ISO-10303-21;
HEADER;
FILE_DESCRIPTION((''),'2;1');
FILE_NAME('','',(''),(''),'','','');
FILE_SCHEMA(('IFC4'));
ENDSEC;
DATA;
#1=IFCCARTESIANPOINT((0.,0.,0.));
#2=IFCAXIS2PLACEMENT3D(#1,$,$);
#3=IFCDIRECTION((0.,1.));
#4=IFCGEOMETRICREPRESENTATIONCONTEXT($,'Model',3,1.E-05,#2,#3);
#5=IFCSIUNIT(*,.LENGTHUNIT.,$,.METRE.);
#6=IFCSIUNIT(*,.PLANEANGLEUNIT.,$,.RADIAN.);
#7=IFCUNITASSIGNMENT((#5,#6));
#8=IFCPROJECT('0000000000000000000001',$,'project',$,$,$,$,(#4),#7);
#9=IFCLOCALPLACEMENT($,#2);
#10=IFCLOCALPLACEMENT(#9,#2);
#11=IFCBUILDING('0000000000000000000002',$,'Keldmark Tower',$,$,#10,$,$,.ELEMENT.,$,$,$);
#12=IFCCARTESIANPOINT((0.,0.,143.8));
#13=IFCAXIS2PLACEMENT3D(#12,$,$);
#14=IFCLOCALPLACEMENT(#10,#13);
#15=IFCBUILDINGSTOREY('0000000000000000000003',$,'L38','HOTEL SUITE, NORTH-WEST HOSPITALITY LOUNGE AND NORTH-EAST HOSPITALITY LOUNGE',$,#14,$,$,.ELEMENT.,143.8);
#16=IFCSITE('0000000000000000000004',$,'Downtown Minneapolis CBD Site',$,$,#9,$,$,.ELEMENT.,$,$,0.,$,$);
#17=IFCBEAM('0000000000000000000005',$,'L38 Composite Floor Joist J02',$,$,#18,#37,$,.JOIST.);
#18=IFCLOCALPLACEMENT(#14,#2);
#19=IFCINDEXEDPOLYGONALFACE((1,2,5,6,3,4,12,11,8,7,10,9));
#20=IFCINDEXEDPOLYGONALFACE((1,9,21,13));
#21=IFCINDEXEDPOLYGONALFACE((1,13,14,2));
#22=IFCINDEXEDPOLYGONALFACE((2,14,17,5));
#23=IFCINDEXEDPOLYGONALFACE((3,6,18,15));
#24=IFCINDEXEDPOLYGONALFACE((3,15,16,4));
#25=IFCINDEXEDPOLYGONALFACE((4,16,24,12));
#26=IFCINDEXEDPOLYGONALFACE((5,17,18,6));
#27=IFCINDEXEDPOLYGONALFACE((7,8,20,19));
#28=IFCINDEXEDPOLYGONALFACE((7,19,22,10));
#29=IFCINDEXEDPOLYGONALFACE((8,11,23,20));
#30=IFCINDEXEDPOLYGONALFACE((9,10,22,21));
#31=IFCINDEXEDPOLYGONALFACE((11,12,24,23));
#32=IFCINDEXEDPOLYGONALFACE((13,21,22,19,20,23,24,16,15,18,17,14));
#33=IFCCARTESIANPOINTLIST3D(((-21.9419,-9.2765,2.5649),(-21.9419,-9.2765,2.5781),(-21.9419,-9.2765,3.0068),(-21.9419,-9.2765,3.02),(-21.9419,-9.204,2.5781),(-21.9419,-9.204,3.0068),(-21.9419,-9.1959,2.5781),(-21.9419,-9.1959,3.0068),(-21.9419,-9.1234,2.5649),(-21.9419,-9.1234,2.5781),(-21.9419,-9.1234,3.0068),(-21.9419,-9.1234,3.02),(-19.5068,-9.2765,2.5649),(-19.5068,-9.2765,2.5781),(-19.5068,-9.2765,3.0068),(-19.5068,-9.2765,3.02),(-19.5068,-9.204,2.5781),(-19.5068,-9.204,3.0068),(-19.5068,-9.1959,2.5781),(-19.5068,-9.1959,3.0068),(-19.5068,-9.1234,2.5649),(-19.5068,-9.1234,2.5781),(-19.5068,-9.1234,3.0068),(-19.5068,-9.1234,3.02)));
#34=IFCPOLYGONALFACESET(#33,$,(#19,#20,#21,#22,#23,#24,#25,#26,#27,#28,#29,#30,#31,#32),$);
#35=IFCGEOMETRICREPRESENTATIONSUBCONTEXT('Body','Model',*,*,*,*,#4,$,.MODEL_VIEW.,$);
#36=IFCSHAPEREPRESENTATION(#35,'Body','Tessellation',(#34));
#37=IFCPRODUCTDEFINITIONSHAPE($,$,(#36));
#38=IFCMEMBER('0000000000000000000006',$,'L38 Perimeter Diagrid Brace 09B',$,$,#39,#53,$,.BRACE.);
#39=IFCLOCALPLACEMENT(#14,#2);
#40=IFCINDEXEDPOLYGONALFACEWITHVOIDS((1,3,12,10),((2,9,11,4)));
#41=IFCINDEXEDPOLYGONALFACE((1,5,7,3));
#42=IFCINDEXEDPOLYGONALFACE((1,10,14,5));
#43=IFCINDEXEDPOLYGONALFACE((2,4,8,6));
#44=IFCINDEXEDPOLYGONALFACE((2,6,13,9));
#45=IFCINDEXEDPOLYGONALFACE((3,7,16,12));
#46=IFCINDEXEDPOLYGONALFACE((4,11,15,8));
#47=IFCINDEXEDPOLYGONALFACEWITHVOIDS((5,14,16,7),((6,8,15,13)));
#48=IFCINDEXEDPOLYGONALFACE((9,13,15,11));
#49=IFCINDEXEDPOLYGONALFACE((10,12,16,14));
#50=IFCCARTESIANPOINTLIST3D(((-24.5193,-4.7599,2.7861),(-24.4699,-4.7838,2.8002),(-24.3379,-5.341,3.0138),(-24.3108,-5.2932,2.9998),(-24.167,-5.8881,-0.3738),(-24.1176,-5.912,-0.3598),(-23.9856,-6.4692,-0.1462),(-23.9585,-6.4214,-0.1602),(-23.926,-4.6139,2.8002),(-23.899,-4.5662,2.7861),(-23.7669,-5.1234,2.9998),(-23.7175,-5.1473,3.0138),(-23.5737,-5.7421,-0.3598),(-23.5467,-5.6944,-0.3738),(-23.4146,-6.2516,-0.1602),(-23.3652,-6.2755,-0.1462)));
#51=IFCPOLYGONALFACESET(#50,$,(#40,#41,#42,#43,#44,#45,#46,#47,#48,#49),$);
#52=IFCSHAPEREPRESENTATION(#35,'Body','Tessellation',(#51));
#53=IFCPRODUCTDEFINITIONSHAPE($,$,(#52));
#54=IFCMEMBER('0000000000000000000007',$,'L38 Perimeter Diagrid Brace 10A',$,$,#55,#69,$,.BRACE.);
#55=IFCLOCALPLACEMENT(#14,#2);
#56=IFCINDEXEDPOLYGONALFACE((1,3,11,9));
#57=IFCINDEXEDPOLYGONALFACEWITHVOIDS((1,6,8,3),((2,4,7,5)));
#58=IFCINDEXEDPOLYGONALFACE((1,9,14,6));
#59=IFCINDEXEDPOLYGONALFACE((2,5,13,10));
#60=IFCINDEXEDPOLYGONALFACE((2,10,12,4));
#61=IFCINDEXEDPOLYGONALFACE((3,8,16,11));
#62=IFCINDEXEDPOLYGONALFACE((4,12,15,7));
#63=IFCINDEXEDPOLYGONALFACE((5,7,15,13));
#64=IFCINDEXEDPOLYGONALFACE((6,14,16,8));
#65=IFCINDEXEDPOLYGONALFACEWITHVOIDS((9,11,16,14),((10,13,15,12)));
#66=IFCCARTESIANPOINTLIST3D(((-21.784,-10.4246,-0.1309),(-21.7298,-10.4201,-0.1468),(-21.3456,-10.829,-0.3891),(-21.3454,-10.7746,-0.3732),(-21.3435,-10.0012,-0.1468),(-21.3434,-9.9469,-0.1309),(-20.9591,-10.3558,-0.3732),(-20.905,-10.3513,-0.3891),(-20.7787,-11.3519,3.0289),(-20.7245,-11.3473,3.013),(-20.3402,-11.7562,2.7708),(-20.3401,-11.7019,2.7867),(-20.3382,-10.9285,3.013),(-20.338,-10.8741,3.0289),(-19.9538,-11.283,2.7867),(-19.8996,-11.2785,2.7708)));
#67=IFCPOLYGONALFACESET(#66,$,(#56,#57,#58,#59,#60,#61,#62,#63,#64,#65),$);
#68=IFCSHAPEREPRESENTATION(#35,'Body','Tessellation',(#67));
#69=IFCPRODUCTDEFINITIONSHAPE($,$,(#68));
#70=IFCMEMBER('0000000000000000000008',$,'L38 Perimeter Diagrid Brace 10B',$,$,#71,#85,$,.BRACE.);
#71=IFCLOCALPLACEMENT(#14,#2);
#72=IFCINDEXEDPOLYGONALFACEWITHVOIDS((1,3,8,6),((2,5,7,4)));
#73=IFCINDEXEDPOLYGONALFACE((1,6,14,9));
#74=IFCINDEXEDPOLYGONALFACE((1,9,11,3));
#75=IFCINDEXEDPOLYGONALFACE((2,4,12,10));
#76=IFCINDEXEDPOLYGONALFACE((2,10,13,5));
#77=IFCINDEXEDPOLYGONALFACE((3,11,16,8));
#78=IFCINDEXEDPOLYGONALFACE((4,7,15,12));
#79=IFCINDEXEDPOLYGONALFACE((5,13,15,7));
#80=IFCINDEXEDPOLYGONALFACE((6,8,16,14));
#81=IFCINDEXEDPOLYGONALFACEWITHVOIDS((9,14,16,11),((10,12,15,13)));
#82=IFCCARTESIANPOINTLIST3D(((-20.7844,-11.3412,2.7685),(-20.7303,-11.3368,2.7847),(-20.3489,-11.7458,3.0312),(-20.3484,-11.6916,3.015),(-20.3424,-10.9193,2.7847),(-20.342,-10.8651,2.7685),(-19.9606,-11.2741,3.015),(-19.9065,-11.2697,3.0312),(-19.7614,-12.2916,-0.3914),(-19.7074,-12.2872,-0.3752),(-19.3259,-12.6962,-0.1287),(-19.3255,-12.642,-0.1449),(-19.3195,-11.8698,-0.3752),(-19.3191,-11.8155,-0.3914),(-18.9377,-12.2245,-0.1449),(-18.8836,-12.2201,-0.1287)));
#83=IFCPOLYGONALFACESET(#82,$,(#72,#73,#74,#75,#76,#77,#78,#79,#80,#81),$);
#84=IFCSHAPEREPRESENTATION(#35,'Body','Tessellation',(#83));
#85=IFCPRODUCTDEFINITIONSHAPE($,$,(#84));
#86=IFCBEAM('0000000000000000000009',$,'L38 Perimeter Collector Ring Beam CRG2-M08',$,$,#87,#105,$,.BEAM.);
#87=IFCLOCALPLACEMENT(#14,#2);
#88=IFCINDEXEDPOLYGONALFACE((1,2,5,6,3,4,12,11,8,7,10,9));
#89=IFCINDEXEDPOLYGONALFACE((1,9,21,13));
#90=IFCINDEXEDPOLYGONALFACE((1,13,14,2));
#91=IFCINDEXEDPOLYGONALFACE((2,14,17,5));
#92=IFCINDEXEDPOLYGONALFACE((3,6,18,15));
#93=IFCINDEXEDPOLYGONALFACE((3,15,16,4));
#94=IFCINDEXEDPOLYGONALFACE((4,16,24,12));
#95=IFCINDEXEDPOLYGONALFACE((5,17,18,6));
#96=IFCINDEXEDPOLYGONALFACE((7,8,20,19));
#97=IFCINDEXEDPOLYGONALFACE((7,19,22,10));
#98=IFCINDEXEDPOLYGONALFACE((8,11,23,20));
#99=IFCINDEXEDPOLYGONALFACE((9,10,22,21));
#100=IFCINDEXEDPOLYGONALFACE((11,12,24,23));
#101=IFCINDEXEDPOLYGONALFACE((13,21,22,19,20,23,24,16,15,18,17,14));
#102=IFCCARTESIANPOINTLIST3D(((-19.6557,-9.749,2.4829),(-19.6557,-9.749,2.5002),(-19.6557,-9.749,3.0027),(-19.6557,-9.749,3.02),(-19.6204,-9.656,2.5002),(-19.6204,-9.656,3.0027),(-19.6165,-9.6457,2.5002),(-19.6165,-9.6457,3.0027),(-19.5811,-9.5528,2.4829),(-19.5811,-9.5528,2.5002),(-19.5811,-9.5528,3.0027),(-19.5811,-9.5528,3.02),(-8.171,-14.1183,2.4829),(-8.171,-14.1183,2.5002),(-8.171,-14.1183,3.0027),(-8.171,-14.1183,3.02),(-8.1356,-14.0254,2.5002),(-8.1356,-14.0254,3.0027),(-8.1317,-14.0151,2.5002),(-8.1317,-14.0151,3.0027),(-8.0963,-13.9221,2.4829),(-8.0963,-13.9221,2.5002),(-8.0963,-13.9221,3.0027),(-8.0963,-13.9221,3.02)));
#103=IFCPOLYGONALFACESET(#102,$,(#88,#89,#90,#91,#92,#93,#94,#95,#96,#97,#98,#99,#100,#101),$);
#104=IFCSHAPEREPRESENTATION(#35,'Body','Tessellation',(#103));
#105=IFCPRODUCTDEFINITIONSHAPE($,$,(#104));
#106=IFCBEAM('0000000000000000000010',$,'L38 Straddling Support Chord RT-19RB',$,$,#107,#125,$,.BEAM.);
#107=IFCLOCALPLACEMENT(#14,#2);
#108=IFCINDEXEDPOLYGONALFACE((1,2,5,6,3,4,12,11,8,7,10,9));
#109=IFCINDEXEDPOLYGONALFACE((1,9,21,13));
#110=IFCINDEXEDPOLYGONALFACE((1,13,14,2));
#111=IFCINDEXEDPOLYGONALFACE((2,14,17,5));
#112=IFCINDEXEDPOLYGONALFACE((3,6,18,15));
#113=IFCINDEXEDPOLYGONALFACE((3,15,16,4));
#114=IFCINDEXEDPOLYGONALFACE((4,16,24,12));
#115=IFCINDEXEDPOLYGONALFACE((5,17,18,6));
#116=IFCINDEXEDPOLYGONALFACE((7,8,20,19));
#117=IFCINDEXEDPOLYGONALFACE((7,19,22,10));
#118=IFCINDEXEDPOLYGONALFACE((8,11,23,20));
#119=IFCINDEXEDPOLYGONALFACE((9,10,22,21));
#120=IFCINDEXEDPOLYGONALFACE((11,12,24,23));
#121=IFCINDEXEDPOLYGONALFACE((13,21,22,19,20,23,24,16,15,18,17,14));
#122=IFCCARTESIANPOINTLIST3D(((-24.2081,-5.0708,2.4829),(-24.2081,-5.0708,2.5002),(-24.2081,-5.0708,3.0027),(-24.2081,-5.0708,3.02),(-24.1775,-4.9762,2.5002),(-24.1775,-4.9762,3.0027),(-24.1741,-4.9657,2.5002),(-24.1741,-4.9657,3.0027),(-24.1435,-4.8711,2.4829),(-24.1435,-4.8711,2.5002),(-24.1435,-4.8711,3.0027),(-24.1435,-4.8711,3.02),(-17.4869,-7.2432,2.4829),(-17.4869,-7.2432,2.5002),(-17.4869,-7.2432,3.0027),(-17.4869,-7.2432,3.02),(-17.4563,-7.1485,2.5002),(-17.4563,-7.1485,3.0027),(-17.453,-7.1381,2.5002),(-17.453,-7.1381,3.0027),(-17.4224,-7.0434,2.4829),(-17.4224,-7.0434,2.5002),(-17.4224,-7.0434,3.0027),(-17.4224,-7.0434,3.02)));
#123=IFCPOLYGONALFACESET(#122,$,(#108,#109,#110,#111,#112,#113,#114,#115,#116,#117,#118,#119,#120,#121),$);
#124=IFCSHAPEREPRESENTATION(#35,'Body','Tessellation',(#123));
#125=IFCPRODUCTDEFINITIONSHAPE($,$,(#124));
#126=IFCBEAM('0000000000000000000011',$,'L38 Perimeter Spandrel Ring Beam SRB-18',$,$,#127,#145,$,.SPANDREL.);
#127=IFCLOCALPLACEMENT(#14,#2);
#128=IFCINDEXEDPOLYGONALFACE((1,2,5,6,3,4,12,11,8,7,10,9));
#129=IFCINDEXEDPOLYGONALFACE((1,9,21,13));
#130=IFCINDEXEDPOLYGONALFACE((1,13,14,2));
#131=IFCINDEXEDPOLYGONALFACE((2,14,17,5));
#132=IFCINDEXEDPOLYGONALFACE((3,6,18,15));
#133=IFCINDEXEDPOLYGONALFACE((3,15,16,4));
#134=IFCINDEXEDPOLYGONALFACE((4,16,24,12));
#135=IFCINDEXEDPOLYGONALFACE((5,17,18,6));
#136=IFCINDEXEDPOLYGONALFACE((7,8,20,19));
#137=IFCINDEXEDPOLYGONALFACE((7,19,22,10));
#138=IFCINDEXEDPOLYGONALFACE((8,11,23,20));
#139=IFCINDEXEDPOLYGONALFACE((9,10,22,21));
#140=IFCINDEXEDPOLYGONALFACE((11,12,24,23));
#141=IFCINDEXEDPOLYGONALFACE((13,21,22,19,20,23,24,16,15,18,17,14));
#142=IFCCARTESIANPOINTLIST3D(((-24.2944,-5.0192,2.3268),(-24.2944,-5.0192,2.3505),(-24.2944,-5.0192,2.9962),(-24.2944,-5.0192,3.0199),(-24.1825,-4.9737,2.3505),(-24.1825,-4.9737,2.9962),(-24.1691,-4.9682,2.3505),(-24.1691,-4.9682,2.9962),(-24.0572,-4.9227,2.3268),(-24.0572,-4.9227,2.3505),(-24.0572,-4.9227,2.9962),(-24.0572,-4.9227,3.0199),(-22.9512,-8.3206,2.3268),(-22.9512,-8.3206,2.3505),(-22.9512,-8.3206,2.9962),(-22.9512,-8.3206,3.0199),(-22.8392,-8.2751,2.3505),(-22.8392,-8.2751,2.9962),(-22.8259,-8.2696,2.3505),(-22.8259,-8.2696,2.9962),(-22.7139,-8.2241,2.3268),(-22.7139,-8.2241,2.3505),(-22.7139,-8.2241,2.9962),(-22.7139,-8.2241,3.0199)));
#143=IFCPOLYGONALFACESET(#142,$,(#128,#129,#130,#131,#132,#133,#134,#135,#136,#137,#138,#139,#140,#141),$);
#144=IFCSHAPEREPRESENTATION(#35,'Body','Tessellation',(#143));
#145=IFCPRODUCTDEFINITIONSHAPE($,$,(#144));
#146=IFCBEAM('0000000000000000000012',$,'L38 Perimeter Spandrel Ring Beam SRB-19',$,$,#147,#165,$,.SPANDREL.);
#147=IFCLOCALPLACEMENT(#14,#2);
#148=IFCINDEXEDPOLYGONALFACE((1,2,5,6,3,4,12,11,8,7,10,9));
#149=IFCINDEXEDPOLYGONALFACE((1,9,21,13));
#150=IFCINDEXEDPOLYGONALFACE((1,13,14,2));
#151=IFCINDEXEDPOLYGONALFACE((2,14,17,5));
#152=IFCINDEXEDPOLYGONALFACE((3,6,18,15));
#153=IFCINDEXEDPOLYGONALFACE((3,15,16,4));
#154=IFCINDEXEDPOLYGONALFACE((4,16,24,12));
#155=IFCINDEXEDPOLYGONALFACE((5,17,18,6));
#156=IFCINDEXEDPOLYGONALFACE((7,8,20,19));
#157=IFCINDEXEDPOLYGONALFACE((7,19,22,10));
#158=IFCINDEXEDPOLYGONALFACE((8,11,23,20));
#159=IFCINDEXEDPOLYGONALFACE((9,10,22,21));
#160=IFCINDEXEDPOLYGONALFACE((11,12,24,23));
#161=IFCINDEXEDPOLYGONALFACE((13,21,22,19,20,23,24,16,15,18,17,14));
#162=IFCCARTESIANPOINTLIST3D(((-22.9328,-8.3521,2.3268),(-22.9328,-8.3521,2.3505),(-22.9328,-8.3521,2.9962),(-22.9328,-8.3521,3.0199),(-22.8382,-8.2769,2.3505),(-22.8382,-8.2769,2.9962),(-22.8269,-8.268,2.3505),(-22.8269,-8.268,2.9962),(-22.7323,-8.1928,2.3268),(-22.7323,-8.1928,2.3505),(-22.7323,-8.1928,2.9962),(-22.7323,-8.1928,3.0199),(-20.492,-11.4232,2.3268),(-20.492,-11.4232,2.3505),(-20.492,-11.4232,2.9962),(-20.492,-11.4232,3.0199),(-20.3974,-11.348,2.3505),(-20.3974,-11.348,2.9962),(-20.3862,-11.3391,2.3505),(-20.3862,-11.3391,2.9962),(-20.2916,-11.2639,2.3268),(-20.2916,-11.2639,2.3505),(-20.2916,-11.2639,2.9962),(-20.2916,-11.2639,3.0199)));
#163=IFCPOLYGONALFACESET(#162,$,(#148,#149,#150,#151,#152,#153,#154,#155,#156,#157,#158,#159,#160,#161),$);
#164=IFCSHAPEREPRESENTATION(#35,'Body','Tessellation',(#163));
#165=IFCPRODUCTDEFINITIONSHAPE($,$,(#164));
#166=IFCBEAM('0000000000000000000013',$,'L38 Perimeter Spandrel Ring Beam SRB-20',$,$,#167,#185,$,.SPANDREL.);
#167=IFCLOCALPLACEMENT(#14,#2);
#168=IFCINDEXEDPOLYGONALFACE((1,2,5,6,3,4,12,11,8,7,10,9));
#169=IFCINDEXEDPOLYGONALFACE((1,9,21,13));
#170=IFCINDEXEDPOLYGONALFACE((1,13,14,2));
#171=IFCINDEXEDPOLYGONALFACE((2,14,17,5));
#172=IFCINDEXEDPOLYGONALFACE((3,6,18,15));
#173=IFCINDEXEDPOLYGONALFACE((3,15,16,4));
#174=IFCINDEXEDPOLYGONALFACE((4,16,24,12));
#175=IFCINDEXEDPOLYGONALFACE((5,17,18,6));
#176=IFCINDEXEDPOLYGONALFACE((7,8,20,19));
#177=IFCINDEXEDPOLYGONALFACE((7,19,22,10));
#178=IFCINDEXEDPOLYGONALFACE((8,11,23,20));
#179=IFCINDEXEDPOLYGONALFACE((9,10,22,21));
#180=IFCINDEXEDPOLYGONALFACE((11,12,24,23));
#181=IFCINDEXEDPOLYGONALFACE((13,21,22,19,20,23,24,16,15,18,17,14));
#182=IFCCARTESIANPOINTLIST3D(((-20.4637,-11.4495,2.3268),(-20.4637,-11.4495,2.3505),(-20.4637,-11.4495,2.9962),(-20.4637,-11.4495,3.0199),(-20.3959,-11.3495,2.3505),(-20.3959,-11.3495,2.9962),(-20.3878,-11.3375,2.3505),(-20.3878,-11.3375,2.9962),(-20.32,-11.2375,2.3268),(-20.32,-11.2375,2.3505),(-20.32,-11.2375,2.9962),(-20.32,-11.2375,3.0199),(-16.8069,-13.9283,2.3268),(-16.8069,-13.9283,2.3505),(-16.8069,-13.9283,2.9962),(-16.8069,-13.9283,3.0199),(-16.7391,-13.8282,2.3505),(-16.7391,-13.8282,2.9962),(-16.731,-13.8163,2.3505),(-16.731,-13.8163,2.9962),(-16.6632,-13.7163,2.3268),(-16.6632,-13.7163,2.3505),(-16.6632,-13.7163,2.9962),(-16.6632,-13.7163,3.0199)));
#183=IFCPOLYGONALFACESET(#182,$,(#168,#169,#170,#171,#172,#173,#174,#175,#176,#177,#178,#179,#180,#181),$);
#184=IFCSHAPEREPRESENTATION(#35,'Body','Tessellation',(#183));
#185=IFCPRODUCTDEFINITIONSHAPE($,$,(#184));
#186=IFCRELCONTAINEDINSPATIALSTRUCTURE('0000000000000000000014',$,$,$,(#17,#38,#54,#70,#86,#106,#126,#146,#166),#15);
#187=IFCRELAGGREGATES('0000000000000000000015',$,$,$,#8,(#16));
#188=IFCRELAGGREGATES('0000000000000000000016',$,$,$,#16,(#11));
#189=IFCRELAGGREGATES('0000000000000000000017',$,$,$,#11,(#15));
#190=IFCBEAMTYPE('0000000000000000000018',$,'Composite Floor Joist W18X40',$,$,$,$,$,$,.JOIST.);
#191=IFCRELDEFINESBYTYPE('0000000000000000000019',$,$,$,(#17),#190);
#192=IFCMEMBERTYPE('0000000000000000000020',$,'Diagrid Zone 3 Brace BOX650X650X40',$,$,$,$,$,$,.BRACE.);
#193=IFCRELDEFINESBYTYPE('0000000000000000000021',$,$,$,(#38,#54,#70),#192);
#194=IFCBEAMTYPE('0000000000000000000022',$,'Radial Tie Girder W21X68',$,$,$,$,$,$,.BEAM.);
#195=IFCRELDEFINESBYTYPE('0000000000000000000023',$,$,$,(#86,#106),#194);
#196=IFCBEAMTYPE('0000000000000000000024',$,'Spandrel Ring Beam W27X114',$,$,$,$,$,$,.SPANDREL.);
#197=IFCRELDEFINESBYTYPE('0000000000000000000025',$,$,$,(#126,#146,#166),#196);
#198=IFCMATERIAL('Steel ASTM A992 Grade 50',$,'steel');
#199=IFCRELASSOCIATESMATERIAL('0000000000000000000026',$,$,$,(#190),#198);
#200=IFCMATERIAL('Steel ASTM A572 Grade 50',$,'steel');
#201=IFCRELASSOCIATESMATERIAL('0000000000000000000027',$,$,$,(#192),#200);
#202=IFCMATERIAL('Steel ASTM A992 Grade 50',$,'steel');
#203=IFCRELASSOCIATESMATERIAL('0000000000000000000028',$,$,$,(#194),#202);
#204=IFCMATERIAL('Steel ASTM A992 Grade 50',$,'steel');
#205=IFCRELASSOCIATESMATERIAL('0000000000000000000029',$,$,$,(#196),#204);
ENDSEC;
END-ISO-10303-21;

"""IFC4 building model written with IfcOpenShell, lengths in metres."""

from ifc_helpers import new_model, si_unit, direction, frame, origin, origin_2d, place, context, subcontext, project, spatial, hollow_rectangle, i_section, extrude, material, material_profile, profile_set, type_object, element, save


model = new_model("IFC4")

# Units and contexts
model_context = context("Model", 3, precision=1e-05, world=origin(), true_north=direction((0.0, 1.0)))
body_context = subcontext(model_context, "Body", "Model", "MODEL_VIEW")
ifc_project = project(units=[si_unit("LENGTHUNIT", "METRE"), si_unit("PLANEANGLEUNIT", "RADIAN")], contexts=[model_context])

# Site, building, storey
site_placement = place(None, origin())
site = spatial("IfcSite", under=ifc_project, at=site_placement, Name="Downtown Minneapolis CBD Site", CompositionType="ELEMENT", RefElevation=0.0)
building_placement = place(site_placement, origin())
building = spatial("IfcBuilding", under=site, at=building_placement, Name="Keldmark Tower", CompositionType="ELEMENT")
storey_placement = place(building_placement, frame((0.0, 0.0, 143.8)))
storey = spatial("IfcBuildingStorey", under=building, at=storey_placement, Name="L38", Description="HOTEL SUITE, NORTH-WEST HOSPITALITY LOUNGE AND NORTH-EAST HOSPITALITY LOUNGE", CompositionType="ELEMENT", Elevation=143.8)

# Beam
ifc_material_1 = material(Name="Steel ASTM A992 Grade 50", Category="steel")
ifc_material_profile_1 = material_profile(ifc_material_1, i_section(OverallWidth=0.1531, OverallDepth=0.4551, WebThickness=0.0081, FlangeThickness=0.0132, at=origin_2d()), Name="W18X40")
ifc_profile_set_1 = profile_set([ifc_material_profile_1], Name="Steel ASTM A992 Grade 50")
beam_type_1 = type_object("IfcBeamType", Name="Composite Floor Joist W18X40", PredefinedType="JOIST", material=ifc_profile_set_1)
beam_1_placement = place(storey_placement, frame((-21.9419, -9.2, 2.7925), z_axis=(1.0, 0.0, 0.0), x_axis=(0.0, 1.0, 0.0)))
element("IfcBeam", 1, at=beam_1_placement, inside=storey, type_object=beam_type_1, Name="L38 Composite Floor Joist J02", PredefinedType="JOIST", context=body_context, shape_type="SweptSolid", body=[
    extrude(i_section(OverallWidth=0.1531, OverallDepth=0.4551, WebThickness=0.0081, FlangeThickness=0.0132, at=origin_2d()), origin(), (0.0, 0.0, 1.0), 2.4351),
])

# Members
ifc_material_2 = material(Name="Steel ASTM A572 Grade 50", Category="steel")
ifc_material_profile_2 = material_profile(ifc_material_2, hollow_rectangle(XDim=0.6499, YDim=0.6499, WallThickness=0.04, at=origin_2d()), Name="BOX650X650X40")
ifc_profile_set_2 = profile_set([ifc_material_profile_2], Name="Steel ASTM A572 Grade 50")
member_type = type_object("IfcMemberType", Name="Diagrid Zone 3 Brace BOX650X650X40", PredefinedType="BRACE", material=ifc_profile_set_2)
member_1_placement = place(storey_placement, frame((-23.7661, -6.0818, -0.26), z_axis=(-0.104424, 0.334401, 0.936628), x_axis=(-0.954542, -0.298075, 0.0)))
element("IfcMember", 2, at=member_1_placement, inside=storey, type_object=member_type, Name="L38 Perimeter Diagrid Brace 09B", PredefinedType="BRACE", context=body_context, shape_type="SweptSolid", body=[
    extrude(hollow_rectangle(XDim=0.6499, YDim=0.6499, WallThickness=0.04, at=origin_2d()), origin(), (0.0, 0.0, 1.0), 3.3738),
])
member_2_placement = place(storey_placement, frame((-21.3445, -10.3879, -0.26), z_axis=(0.291988, -0.269298, 0.917726), x_axis=(0.677969, 0.735091, 0.0)))
element("IfcMember", 3, at=member_2_placement, inside=storey, type_object=member_type, Name="L38 Perimeter Diagrid Brace 10A", PredefinedType="BRACE", context=body_context, shape_type="SweptSolid", body=[
    extrude(hollow_rectangle(XDim=0.6499, YDim=0.6499, WallThickness=0.04, at=origin_2d()), origin(), (0.0, 0.0, 1.0), 3.4431),
])
member_3_placement = place(storey_placement, frame((-19.3225, -12.2559, -0.26), z_axis=(-0.296105, 0.275117, 0.914676), x_axis=(-0.680666, -0.732594, 0.0)))
element("IfcMember", 4, at=member_3_placement, inside=storey, type_object=member_type, Name="L38 Perimeter Diagrid Brace 10B", PredefinedType="BRACE", context=body_context, shape_type="SweptSolid", body=[
    extrude(hollow_rectangle(XDim=0.6499, YDim=0.6499, WallThickness=0.04, at=origin_2d()), origin(), (0.0, 0.0, 1.0), 3.4546),
])

# Beams
ifc_material_3 = material(Name="Steel ASTM A992 Grade 50", Category="steel")
ifc_material_profile_3 = material_profile(ifc_material_3, i_section(OverallWidth=0.21, OverallDepth=0.5371, WebThickness=0.011, FlangeThickness=0.0173, at=origin_2d()), Name="W21X68")
ifc_profile_set_3 = profile_set([ifc_material_profile_3], Name="Steel ASTM A992 Grade 50")
beam_type_2 = type_object("IfcBeamType", Name="Radial Tie Girder W21X68", PredefinedType="BEAM", material=ifc_profile_set_3)
beam_2_placement = place(storey_placement, frame((-19.6184, -9.6509, 2.7515), z_axis=(0.934645, -0.355583, 0.0), x_axis=(0.355583, 0.934645, 0.0)))
element("IfcBeam", 5, at=beam_2_placement, inside=storey, type_object=beam_type_2, Name="L38 Perimeter Collector Ring Beam CRG2-M08", PredefinedType="BEAM", context=body_context, shape_type="SweptSolid", body=[
    extrude(i_section(OverallWidth=0.21, OverallDepth=0.5371, WebThickness=0.011, FlangeThickness=0.0173, at=origin_2d()), origin(), (0.0, 0.0, 1.0), 12.2878),
])
beam_3_placement = place(storey_placement, frame((-24.1758, -4.9709, 2.7515), z_axis=(0.951533, -0.307546, 0.0), x_axis=(0.307546, 0.951533, 0.0)))
element("IfcBeam", 6, at=beam_3_placement, inside=storey, type_object=beam_type_2, Name="L38 Straddling Support Chord RT-19RB", PredefinedType="BEAM", context=body_context, shape_type="SweptSolid", body=[
    extrude(i_section(OverallWidth=0.21, OverallDepth=0.5371, WebThickness=0.011, FlangeThickness=0.0173, at=origin_2d()), origin(), (0.0, 0.0, 1.0), 7.0635),
])
ifc_material_4 = material(Name="Steel ASTM A992 Grade 50", Category="steel")
ifc_material_profile_4 = material_profile(ifc_material_4, i_section(OverallWidth=0.2561, OverallDepth=0.6931, WebThickness=0.0144, FlangeThickness=0.0237, at=origin_2d()), Name="W27X114")
ifc_profile_set_4 = profile_set([ifc_material_profile_4], Name="Steel ASTM A992 Grade 50")
beam_type_3 = type_object("IfcBeamType", Name="Spandrel Ring Beam W27X114", PredefinedType="SPANDREL", material=ifc_profile_set_4)
beam_4_placement = place(storey_placement, frame((-24.1758, -4.9709, 2.6733), z_axis=(0.376864, -0.926269, 0.0), x_axis=(0.926269, 0.376864, 0.0)))
element("IfcBeam", 7, at=beam_4_placement, inside=storey, type_object=beam_type_3, Name="L38 Perimeter Spandrel Ring Beam SRB-18", PredefinedType="SPANDREL", context=body_context, shape_type="SweptSolid", body=[
    extrude(i_section(OverallWidth=0.2561, OverallDepth=0.6931, WebThickness=0.0144, FlangeThickness=0.0237, at=origin_2d()), origin(), (0.0, 0.0, 1.0), 3.5642),
])
beam_5_placement = place(storey_placement, frame((-22.8325, -8.2725, 2.6733), z_axis=(0.62218, -0.782875, 0.0), x_axis=(0.782875, 0.62218, 0.0)))
element("IfcBeam", 8, at=beam_5_placement, inside=storey, type_object=beam_type_3, Name="L38 Perimeter Spandrel Ring Beam SRB-19", PredefinedType="SPANDREL", context=body_context, shape_type="SweptSolid", body=[
    extrude(i_section(OverallWidth=0.2561, OverallDepth=0.6931, WebThickness=0.0144, FlangeThickness=0.0237, at=origin_2d()), origin(), (0.0, 0.0, 1.0), 3.9229),
])
beam_6_placement = place(storey_placement, frame((-20.3918, -11.3435, 2.6733), z_axis=(0.827749, -0.561099, 0.0), x_axis=(0.561099, 0.827749, 0.0)))
element("IfcBeam", 9, at=beam_6_placement, inside=storey, type_object=beam_type_3, Name="L38 Perimeter Spandrel Ring Beam SRB-20", PredefinedType="SPANDREL", context=body_context, shape_type="SweptSolid", body=[
    extrude(i_section(OverallWidth=0.2561, OverallDepth=0.6931, WebThickness=0.0144, FlangeThickness=0.0237, at=origin_2d()), origin(), (0.0, 0.0, 1.0), 4.4177),
])

save(model, "model.ifc")
